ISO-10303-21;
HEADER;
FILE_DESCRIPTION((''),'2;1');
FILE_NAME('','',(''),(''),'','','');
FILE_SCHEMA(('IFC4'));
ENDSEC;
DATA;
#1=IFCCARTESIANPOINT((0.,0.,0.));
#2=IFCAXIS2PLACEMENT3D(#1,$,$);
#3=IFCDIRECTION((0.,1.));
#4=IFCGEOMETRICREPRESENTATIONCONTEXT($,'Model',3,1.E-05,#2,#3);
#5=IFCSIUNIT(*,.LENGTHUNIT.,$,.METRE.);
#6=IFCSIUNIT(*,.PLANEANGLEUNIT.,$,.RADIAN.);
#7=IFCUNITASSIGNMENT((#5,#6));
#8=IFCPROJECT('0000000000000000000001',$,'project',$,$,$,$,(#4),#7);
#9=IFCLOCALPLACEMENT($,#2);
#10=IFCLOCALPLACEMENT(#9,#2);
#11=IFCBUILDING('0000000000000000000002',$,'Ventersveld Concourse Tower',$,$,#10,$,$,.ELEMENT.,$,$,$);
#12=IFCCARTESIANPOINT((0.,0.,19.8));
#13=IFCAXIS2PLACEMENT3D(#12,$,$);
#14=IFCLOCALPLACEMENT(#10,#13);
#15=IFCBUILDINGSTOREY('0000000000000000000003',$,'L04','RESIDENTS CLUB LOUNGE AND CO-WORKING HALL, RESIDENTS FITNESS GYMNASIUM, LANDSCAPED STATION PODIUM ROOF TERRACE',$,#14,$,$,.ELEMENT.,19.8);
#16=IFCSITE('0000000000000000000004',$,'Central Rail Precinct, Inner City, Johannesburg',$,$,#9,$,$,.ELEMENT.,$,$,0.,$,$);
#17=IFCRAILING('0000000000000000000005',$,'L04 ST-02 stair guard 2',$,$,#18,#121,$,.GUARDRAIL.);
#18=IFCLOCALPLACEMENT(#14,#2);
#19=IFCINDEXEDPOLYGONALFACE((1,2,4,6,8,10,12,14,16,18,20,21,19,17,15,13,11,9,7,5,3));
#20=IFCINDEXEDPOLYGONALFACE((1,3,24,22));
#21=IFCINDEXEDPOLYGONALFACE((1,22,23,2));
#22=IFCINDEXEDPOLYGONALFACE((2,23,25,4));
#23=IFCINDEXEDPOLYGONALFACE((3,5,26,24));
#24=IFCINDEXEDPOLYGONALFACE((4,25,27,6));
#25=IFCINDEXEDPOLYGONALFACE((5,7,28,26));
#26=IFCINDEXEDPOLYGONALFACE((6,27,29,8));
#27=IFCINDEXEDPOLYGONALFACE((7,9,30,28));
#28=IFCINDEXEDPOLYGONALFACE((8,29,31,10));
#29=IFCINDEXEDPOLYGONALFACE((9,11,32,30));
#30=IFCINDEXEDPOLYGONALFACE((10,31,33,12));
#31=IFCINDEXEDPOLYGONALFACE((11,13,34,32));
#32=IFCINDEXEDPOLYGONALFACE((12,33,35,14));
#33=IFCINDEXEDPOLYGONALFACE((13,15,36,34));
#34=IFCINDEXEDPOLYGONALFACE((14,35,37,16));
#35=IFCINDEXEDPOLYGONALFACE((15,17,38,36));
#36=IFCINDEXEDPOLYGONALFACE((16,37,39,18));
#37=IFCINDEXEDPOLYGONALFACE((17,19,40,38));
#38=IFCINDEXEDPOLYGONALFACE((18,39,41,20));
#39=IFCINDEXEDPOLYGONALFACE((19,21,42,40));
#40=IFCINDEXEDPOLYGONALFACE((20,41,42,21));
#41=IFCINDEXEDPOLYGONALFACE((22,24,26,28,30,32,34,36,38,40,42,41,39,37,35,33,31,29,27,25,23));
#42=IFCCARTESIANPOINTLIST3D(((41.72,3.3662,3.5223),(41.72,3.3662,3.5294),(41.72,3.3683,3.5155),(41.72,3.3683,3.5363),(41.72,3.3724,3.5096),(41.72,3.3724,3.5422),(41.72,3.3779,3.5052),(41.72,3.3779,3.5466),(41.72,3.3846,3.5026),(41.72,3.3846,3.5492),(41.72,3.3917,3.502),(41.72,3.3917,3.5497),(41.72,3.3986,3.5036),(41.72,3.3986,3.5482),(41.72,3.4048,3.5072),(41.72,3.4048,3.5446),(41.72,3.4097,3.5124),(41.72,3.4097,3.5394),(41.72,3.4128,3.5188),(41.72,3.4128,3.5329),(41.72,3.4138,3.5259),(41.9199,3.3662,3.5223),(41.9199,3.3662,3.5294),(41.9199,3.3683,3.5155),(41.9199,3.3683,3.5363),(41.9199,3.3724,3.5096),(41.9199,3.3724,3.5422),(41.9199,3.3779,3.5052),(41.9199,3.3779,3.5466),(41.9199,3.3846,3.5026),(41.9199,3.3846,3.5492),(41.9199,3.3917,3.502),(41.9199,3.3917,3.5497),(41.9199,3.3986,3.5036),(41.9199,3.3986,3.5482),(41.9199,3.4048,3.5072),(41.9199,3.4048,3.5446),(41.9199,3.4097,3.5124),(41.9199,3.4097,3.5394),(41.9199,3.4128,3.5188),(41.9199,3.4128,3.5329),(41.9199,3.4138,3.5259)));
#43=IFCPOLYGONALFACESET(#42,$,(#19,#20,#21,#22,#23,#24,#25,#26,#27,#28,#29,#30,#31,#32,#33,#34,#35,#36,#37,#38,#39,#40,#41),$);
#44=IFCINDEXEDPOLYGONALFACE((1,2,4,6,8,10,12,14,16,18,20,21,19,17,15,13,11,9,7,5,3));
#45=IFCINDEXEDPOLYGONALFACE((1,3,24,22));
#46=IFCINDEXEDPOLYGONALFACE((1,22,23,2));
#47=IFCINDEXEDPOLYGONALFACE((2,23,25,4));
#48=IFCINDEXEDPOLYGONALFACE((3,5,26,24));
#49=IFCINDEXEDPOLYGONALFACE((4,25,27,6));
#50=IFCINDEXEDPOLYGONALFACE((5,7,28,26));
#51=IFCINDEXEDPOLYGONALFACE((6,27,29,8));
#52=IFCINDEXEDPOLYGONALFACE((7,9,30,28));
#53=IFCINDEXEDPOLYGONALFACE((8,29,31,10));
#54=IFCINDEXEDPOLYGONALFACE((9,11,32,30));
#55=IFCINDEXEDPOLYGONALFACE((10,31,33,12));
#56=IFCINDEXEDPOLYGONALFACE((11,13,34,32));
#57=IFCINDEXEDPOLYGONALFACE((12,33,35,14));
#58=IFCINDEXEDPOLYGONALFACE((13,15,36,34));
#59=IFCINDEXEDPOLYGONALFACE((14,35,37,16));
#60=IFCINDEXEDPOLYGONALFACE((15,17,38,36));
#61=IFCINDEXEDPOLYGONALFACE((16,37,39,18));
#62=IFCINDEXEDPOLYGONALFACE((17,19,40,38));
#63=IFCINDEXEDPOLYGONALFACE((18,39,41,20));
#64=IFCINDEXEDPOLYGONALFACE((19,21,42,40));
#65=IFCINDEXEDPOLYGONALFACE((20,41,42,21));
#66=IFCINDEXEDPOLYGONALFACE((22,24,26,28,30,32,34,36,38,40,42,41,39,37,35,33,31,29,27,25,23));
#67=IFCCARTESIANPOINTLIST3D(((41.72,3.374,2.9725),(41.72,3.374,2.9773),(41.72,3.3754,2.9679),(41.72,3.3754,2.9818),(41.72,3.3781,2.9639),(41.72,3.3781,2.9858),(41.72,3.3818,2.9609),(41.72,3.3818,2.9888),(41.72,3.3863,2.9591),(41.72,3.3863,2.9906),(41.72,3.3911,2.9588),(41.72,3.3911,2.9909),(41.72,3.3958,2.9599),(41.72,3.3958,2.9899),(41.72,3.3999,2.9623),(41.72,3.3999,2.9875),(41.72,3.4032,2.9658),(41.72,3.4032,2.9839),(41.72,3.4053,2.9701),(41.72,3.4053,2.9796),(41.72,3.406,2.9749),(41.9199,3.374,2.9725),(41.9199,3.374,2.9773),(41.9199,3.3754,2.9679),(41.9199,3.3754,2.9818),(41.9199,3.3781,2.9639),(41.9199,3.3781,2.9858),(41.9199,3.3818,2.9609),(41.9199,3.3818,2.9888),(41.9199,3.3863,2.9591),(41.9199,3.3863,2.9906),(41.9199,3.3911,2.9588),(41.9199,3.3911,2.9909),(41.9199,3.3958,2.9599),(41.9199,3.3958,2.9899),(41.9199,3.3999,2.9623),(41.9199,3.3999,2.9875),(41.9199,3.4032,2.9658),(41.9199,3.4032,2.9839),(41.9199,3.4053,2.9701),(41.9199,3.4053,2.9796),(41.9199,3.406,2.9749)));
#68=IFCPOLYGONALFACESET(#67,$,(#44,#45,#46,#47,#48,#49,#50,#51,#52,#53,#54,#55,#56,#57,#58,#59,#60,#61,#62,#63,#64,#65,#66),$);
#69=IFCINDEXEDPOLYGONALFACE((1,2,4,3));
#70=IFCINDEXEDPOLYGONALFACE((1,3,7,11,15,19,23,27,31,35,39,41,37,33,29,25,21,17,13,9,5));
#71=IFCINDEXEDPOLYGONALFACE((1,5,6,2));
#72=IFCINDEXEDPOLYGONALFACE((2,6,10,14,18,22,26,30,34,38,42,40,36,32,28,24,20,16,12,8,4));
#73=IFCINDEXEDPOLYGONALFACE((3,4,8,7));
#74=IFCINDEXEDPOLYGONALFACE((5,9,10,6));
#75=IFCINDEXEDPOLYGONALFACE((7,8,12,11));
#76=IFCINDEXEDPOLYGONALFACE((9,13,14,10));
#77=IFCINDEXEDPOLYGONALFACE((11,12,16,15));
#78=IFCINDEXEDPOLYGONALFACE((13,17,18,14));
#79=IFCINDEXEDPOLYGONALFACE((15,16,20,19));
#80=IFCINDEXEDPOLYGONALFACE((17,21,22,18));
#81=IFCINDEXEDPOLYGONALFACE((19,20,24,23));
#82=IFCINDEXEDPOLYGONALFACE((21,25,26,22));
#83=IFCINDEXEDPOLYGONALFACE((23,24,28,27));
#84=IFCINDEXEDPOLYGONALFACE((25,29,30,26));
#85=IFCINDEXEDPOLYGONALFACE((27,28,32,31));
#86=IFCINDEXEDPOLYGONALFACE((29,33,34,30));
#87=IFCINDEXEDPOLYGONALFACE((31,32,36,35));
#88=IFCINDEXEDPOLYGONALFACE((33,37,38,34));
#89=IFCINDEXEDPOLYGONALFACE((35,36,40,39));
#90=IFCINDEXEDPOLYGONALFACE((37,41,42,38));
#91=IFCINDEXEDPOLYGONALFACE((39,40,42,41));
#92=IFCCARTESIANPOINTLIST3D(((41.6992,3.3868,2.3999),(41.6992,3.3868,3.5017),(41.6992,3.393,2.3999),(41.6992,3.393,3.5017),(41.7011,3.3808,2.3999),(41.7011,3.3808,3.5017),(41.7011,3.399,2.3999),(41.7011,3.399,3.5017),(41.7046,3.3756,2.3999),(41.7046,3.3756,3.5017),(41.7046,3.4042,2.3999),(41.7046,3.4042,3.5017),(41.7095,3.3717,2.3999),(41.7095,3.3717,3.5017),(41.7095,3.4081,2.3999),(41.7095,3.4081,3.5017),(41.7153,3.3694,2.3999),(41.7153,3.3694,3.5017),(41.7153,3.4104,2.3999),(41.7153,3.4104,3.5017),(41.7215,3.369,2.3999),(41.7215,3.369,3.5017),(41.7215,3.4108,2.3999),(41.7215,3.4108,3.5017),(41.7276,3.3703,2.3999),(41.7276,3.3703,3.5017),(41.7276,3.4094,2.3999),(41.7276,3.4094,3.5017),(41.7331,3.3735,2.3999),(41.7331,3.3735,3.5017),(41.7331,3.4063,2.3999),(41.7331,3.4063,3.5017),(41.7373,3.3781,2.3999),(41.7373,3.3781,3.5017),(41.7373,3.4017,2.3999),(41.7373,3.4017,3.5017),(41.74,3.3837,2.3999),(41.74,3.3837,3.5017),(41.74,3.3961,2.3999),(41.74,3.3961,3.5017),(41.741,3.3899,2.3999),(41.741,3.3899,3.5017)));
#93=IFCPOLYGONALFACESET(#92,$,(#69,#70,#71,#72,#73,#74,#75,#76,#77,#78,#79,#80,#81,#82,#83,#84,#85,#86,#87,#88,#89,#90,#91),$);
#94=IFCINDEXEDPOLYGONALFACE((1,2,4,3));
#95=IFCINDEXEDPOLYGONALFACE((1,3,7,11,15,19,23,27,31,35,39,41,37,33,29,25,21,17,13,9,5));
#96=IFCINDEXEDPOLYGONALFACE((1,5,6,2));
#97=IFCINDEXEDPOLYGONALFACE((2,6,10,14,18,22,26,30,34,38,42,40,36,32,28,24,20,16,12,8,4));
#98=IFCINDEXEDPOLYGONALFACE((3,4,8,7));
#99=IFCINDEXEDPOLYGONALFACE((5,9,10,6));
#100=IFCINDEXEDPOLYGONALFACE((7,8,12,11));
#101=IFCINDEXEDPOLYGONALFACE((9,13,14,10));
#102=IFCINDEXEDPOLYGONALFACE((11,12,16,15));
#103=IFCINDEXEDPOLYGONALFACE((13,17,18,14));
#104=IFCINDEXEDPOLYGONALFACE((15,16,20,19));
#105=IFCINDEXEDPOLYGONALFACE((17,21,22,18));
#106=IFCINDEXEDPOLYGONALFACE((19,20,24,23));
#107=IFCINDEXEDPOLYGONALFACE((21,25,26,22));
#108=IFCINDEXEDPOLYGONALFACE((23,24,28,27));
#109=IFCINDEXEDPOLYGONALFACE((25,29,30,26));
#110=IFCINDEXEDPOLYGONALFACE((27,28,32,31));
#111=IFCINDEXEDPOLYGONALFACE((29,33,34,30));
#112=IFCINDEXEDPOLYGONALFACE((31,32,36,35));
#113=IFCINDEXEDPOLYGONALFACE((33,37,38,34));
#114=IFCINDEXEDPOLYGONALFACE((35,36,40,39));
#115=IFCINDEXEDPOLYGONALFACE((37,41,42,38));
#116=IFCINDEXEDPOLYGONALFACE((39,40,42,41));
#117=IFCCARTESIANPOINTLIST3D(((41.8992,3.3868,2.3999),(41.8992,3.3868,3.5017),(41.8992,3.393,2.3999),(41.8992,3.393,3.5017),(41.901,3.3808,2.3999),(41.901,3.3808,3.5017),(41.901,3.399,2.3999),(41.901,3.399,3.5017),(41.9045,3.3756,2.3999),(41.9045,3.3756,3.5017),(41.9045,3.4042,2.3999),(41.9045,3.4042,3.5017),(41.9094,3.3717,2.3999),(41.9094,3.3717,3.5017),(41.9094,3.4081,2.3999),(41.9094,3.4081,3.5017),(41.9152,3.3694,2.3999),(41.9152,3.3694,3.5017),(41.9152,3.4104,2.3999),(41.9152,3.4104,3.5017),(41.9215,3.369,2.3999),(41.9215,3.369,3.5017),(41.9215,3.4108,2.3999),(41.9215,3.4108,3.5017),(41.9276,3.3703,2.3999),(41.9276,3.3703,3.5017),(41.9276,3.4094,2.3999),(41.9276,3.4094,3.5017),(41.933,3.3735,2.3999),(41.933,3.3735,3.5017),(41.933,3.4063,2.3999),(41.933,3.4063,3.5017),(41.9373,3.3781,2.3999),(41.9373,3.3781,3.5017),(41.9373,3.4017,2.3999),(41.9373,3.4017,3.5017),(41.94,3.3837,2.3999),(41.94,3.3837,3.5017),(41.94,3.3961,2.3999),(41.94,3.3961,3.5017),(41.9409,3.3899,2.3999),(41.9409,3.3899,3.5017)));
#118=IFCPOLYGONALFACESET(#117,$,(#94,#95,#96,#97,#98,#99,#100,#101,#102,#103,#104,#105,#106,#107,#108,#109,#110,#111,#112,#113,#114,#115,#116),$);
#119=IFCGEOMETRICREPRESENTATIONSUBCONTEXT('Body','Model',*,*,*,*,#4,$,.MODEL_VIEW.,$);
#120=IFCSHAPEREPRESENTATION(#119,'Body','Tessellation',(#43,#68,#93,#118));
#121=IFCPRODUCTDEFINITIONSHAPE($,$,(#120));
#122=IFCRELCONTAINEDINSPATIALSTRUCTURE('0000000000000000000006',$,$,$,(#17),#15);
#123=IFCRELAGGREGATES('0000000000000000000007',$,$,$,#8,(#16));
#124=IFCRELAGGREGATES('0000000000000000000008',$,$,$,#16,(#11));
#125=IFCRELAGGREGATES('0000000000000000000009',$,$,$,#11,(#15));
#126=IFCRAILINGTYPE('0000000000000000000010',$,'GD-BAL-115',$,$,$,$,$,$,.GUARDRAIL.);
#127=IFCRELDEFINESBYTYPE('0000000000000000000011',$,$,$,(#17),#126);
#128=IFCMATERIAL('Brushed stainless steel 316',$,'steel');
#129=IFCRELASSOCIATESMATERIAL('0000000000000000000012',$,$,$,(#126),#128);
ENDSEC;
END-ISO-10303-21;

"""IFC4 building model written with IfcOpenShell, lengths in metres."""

from ifc_helpers import new_model, si_unit, direction, frame, origin, origin_2d, place, context, subcontext, project, spatial, circle, extrude, material, type_object, element, save


model = new_model("IFC4")

# Units and contexts
model_context = context("Model", 3, precision=1e-05, world=origin(), true_north=direction((0.0, 1.0)))
body_context = subcontext(model_context, "Body", "Model", "MODEL_VIEW")
ifc_project = project(units=[si_unit("LENGTHUNIT", "METRE"), si_unit("PLANEANGLEUNIT", "RADIAN")], contexts=[model_context])

# Site, building, storey
site_placement = place(None, origin())
site = spatial("IfcSite", under=ifc_project, at=site_placement, Name="Central Rail Precinct, Inner City, Johannesburg", CompositionType="ELEMENT", RefElevation=0.0)
building_placement = place(site_placement, origin())
building = spatial("IfcBuilding", under=site, at=building_placement, Name="Ventersveld Concourse Tower", CompositionType="ELEMENT")
storey_placement = place(building_placement, frame((0.0, 0.0, 19.8)))
storey = spatial("IfcBuildingStorey", under=building, at=storey_placement, Name="L04", Description="RESIDENTS CLUB LOUNGE AND CO-WORKING HALL, RESIDENTS FITNESS GYMNASIUM, LANDSCAPED STATION PODIUM ROOF TERRACE", CompositionType="ELEMENT", Elevation=19.8)

# Railing
ifc_material_1 = material(Name="Brushed stainless steel 316", Category="steel")
railing_type_1 = type_object("IfcRailingType", Name="GD-BAL-115", PredefinedType="GUARDRAIL", material=ifc_material_1)
railing_1_placement = place(storey_placement, frame((41.72, 3.3899, 2.3999)))
element("IfcRailing", 1, at=railing_1_placement, inside=storey, type_object=railing_type_1, Name="L04 ST-02 stair guard 2", PredefinedType="GUARDRAIL", context=body_context, shape_type="SweptSolid", body=[
    extrude(circle(Radius=0.0239, at=origin_2d()), frame((0.0, 0.0, 1.126), z_axis=(1.0, 0.0, 0.0), x_axis=(0.0, 1.0, 0.0)), (0.0, 0.0, 1.0), 0.2),
    extrude(circle(Radius=0.0161, at=origin_2d()), frame((0.0, 0.0, 0.575), z_axis=(1.0, 0.0, 0.0), x_axis=(0.0, 1.0, 0.0)), (0.0, 0.0, 1.0), 0.2),
    extrude(circle(Radius=0.021, at=origin_2d()), origin(), (0.0, 0.0, 1.0), 1.1018),
    extrude(circle(Radius=0.021, at=origin_2d()), frame((0.2, 0.0, 0.0)), (0.0, 0.0, 1.0), 1.1018),
])

save(model, "model.ifc")
